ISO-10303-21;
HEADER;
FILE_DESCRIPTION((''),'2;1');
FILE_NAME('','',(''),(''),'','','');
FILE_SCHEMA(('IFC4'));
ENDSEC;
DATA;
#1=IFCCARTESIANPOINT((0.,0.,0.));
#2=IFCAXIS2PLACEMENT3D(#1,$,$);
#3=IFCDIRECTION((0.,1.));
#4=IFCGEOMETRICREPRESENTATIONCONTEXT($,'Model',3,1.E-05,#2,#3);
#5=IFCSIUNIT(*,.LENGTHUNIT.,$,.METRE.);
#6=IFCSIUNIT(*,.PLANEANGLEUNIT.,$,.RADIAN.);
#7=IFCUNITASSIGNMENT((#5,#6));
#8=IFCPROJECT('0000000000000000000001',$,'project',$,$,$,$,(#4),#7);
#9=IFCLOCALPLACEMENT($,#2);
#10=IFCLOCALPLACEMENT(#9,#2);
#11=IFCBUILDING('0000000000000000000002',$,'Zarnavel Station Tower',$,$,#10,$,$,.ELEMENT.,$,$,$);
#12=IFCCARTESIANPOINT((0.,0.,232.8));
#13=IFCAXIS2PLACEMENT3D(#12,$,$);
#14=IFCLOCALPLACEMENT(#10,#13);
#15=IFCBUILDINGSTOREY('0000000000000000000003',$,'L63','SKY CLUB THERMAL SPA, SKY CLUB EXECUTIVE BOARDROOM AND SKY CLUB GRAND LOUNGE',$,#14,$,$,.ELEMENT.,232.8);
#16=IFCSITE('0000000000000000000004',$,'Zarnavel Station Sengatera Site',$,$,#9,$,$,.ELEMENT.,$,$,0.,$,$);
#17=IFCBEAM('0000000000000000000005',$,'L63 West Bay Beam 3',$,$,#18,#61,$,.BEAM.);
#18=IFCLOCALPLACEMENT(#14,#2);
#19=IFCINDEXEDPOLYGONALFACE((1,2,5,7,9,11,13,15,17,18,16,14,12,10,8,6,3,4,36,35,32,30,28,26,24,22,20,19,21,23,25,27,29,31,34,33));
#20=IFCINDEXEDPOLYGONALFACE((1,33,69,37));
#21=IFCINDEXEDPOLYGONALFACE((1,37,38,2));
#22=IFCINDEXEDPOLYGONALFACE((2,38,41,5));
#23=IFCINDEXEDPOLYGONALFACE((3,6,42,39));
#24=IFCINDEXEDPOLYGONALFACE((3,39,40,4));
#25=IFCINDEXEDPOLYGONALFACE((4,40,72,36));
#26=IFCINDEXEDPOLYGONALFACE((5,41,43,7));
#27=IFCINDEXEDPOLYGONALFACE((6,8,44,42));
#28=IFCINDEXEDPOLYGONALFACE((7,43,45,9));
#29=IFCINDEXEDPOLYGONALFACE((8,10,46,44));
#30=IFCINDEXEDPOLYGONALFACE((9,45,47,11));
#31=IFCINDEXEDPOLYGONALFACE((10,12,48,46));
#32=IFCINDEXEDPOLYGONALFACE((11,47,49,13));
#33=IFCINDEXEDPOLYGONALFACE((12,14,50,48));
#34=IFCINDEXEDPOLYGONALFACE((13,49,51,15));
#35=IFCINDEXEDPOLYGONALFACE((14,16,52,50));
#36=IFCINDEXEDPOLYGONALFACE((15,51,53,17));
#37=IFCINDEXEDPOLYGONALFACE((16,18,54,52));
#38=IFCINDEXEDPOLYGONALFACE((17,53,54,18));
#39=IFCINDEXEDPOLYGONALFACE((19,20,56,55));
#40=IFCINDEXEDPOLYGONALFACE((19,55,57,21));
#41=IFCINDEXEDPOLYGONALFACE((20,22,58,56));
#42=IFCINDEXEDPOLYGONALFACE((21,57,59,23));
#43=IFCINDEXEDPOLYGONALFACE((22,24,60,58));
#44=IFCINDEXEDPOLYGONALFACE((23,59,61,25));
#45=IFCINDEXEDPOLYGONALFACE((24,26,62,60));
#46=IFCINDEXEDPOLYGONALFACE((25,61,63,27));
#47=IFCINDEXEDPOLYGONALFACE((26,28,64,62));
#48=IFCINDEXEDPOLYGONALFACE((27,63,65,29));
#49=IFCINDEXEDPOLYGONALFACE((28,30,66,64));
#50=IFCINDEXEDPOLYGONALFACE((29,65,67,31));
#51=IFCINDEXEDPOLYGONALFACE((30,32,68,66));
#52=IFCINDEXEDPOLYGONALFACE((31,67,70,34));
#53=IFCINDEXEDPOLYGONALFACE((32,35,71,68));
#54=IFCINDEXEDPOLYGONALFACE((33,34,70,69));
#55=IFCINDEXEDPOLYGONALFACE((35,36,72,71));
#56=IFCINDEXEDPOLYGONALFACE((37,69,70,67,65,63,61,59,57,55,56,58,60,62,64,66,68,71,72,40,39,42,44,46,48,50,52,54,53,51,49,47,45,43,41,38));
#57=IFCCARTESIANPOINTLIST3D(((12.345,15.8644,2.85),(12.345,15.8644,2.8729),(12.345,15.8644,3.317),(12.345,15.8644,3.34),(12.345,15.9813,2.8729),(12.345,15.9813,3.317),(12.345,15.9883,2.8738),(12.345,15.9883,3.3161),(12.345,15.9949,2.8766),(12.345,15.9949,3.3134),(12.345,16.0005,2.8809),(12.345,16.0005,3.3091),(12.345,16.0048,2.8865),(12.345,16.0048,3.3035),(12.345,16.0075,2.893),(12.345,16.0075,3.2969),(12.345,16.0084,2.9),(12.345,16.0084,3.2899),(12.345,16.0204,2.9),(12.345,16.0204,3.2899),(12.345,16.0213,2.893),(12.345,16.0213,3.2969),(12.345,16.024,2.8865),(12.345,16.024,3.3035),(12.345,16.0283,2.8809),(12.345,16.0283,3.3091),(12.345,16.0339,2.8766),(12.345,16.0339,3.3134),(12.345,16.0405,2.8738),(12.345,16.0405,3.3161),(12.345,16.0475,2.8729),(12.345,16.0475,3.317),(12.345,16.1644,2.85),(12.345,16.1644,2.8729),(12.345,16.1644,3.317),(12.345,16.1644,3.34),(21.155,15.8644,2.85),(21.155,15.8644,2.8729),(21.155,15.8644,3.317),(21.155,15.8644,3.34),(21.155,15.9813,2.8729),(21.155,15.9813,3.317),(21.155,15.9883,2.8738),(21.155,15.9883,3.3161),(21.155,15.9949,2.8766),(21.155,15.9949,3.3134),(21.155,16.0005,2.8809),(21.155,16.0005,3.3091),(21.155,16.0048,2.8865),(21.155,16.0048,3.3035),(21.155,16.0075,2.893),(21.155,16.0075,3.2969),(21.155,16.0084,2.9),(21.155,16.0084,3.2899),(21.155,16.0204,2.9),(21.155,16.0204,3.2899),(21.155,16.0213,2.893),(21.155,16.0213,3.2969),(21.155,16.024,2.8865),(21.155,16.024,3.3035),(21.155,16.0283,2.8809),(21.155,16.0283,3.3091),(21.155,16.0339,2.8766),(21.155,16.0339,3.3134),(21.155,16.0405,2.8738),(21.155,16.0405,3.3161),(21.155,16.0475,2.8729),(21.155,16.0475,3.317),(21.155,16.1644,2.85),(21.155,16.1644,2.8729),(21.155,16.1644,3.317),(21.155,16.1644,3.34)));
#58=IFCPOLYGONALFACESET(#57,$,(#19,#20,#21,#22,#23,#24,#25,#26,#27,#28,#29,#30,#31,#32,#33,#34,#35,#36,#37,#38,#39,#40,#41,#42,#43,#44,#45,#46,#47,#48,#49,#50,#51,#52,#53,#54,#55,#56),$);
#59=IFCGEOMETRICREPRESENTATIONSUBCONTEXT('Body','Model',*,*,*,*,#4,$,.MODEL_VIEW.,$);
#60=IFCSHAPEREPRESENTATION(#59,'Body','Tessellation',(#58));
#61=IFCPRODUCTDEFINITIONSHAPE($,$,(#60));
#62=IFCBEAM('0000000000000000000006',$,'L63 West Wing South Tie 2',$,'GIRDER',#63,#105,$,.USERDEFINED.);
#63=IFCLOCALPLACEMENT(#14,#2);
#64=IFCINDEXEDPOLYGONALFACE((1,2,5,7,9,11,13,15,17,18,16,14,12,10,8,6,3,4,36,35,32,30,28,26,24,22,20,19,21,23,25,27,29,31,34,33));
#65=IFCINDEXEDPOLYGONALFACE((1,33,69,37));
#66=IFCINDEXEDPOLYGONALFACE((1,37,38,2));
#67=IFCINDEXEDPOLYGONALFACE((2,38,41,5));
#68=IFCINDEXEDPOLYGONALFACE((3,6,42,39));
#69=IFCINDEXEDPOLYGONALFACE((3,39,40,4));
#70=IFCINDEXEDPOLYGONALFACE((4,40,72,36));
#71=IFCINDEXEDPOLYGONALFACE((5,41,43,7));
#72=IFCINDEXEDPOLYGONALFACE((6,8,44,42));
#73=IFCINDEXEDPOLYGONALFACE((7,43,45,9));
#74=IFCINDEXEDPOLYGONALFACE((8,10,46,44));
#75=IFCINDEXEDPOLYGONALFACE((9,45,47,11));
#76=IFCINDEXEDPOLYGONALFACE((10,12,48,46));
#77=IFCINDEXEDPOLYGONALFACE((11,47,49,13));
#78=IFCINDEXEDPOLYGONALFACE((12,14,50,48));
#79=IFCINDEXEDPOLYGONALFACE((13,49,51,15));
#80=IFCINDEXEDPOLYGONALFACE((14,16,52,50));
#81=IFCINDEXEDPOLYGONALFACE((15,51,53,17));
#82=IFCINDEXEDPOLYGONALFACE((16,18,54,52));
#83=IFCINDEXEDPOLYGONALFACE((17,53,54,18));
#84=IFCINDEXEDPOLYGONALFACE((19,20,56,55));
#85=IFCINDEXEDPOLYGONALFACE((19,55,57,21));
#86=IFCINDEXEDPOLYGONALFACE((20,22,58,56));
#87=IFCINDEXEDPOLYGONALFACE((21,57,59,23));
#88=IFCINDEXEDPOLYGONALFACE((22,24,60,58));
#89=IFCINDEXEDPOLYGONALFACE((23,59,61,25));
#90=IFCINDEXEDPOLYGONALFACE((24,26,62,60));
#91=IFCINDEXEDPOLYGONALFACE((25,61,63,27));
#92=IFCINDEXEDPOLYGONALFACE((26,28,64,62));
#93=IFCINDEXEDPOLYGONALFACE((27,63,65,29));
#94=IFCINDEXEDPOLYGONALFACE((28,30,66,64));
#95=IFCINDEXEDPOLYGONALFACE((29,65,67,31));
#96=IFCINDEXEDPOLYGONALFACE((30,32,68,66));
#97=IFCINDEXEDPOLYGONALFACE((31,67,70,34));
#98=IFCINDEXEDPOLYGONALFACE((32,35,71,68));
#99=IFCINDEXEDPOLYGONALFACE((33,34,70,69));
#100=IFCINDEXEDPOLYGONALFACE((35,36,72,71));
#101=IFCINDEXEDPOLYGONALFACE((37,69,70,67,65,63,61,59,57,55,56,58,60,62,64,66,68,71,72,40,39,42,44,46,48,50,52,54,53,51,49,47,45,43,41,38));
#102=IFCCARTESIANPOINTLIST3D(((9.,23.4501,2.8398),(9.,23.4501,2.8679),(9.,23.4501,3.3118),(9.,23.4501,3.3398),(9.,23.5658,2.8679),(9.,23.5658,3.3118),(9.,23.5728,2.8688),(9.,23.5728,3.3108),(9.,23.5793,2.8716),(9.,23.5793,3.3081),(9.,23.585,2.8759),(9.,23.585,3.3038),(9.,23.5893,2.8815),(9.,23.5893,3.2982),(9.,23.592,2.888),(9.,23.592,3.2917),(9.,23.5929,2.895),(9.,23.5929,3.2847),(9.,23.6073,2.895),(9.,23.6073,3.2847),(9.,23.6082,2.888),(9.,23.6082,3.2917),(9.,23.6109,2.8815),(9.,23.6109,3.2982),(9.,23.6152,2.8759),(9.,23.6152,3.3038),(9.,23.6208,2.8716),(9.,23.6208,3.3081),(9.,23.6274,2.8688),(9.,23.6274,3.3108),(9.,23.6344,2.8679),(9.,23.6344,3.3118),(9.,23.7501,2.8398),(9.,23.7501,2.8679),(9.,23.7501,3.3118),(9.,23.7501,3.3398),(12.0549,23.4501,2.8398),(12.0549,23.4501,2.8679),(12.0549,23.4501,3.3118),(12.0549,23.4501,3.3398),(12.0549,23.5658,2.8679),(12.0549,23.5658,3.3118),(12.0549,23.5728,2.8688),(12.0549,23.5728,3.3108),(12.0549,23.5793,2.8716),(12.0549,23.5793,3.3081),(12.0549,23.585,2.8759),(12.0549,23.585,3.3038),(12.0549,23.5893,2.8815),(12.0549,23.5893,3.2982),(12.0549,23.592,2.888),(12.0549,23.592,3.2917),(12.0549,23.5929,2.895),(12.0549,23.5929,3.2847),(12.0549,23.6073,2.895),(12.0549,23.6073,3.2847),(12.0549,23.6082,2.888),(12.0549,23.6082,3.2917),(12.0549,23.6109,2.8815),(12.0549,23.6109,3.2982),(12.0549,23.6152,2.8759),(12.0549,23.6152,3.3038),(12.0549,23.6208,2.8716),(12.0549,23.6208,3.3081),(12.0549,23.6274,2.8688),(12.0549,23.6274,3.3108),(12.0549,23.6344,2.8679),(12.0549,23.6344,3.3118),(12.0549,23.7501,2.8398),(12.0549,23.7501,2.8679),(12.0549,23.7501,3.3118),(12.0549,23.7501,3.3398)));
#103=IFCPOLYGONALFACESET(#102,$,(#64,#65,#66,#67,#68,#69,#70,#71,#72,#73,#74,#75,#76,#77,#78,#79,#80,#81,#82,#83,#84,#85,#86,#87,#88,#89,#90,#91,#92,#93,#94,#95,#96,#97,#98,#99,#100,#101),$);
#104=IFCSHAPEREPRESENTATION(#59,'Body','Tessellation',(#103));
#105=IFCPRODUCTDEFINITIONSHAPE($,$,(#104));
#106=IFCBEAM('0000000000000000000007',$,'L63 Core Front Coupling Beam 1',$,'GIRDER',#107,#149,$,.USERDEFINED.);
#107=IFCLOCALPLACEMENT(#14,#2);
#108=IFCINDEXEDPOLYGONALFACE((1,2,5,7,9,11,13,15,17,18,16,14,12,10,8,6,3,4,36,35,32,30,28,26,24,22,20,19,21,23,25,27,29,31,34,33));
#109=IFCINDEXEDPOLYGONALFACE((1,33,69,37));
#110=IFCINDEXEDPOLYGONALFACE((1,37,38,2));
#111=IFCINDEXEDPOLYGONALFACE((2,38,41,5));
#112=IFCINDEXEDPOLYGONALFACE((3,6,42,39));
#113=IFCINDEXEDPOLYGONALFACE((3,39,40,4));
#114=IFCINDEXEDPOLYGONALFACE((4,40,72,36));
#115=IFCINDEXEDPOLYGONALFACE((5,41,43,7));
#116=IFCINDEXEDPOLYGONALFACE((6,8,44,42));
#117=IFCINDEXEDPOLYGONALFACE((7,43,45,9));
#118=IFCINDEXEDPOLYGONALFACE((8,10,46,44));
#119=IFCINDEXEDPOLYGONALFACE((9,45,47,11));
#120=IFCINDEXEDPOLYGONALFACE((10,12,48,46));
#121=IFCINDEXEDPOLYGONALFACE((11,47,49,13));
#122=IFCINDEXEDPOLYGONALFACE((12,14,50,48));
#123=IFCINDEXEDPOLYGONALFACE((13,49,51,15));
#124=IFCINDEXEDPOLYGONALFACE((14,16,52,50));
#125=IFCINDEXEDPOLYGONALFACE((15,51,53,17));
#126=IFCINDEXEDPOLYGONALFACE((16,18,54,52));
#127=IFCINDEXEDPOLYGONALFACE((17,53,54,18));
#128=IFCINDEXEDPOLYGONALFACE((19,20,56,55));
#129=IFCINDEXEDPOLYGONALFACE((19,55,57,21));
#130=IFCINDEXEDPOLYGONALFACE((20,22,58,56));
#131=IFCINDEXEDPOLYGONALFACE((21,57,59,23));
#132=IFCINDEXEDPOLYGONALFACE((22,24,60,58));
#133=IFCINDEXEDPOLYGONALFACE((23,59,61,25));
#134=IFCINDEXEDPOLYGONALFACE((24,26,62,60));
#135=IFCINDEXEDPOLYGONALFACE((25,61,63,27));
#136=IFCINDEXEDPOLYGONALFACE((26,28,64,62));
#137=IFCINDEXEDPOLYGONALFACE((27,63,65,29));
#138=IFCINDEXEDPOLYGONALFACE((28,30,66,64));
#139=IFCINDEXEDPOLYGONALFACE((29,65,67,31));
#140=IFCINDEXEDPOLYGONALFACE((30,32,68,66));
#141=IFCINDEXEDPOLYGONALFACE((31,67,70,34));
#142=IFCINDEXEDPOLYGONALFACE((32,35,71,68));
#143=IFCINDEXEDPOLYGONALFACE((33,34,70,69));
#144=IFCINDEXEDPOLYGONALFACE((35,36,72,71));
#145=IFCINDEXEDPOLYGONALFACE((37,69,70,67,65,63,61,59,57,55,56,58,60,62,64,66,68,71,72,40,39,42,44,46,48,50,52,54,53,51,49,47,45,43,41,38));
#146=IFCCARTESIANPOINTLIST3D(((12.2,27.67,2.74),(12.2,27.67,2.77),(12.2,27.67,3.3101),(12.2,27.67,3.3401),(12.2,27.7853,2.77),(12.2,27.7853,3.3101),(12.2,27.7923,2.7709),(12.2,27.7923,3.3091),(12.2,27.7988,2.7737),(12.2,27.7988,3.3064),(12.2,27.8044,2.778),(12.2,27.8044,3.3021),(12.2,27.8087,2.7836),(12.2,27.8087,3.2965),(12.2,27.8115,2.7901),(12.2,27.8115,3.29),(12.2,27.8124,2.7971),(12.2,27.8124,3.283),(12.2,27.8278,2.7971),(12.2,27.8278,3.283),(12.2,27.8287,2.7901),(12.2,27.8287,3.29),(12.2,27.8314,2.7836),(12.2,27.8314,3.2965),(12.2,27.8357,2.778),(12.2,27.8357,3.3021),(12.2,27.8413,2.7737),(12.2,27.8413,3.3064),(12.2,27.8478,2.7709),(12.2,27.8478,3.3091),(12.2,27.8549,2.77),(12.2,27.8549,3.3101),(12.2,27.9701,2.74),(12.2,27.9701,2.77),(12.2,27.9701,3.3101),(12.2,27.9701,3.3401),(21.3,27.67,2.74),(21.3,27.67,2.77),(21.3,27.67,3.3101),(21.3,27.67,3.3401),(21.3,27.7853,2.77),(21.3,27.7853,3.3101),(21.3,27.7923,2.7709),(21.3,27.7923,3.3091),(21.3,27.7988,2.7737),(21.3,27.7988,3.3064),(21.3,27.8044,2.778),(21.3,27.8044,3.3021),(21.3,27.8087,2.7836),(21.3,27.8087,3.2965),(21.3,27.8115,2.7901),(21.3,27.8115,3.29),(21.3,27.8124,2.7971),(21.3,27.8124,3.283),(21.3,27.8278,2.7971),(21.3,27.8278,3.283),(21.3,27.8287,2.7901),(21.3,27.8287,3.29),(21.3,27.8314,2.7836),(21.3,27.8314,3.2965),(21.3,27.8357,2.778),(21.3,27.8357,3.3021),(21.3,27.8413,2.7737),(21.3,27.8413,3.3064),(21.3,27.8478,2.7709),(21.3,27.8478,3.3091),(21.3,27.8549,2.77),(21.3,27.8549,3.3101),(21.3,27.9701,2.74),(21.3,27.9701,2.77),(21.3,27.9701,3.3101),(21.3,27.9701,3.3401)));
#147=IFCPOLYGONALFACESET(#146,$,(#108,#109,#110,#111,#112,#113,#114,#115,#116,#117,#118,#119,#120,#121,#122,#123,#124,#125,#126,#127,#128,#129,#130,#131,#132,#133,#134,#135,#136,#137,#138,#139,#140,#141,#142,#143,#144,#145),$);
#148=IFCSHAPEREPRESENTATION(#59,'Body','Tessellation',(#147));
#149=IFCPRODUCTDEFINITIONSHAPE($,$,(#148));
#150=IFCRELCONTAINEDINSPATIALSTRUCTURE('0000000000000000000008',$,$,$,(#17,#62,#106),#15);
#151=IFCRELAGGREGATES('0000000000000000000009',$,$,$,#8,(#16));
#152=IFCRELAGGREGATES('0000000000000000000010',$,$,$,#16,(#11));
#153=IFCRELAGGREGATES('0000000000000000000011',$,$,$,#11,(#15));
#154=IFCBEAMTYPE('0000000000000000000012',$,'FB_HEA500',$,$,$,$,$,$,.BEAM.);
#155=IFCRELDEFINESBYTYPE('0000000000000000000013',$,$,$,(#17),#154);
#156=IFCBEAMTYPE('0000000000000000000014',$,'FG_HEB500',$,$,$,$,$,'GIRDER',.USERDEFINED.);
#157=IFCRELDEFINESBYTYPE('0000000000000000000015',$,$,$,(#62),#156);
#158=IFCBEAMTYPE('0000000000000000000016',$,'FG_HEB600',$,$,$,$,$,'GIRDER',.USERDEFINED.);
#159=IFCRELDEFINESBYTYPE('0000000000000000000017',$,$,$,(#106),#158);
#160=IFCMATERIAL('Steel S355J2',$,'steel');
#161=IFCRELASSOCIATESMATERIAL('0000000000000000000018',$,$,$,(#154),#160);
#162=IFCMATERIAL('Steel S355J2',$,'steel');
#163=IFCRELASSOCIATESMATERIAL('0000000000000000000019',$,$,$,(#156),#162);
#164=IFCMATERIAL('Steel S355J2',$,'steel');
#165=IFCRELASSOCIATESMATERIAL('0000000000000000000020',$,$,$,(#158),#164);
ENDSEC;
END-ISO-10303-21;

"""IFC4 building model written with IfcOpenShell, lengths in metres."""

from ifc_helpers import new_model, si_unit, direction, frame, origin, origin_2d, place, context, subcontext, project, spatial, i_section, extrude, material, material_profile, profile_set, type_object, element, save


model = new_model("IFC4")

# Units and contexts
model_context = context("Model", 3, precision=1e-05, world=origin(), true_north=direction((0.0, 1.0)))
body_context = subcontext(model_context, "Body", "Model", "MODEL_VIEW")
ifc_project = project(units=[si_unit("LENGTHUNIT", "METRE"), si_unit("PLANEANGLEUNIT", "RADIAN")], contexts=[model_context])

# Site, building, storey
site_placement = place(None, origin())
site = spatial("IfcSite", under=ifc_project, at=site_placement, Name="Zarnavel Station Sengatera Site", CompositionType="ELEMENT", RefElevation=0.0)
building_placement = place(site_placement, origin())
building = spatial("IfcBuilding", under=site, at=building_placement, Name="Zarnavel Station Tower", CompositionType="ELEMENT")
storey_placement = place(building_placement, frame((0.0, 0.0, 232.8)))
storey = spatial("IfcBuildingStorey", under=building, at=storey_placement, Name="L63", Description="SKY CLUB THERMAL SPA, SKY CLUB EXECUTIVE BOARDROOM AND SKY CLUB GRAND LOUNGE", CompositionType="ELEMENT", Elevation=232.8)

# Beams
ifc_material_1 = material(Name="Steel S355J2", Category="steel")
ifc_material_profile_1 = material_profile(ifc_material_1, i_section(OverallWidth=0.3, OverallDepth=0.49, WebThickness=0.012, FlangeThickness=0.0229, FilletRadius=0.0271, at=origin_2d()), Name="HEA500")
ifc_profile_set_1 = profile_set([ifc_material_profile_1], Name="Steel S355J2")
beam_type_1 = type_object("IfcBeamType", Name="FB_HEA500", PredefinedType="BEAM", material=ifc_profile_set_1)
beam_1_placement = place(storey_placement, frame((12.345, 16.0144, 3.095), z_axis=(1.0, 0.0, 0.0), x_axis=(0.0, 1.0, 0.0)))
element("IfcBeam", 1, at=beam_1_placement, inside=storey, type_object=beam_type_1, Name="L63 West Bay Beam 3", PredefinedType="BEAM", context=body_context, shape_type="SweptSolid", body=[
    extrude(i_section(OverallWidth=0.3, OverallDepth=0.49, WebThickness=0.012, FlangeThickness=0.0229, FilletRadius=0.0271, at=origin_2d()), origin(), (0.0, 0.0, 1.0), 8.8101),
])
ifc_material_2 = material(Name="Steel S355J2", Category="steel")
ifc_material_profile_2 = material_profile(ifc_material_2, i_section(OverallWidth=0.3, OverallDepth=0.5, WebThickness=0.0144, FlangeThickness=0.0281, FilletRadius=0.0271, at=origin_2d()), Name="HEB500")
ifc_profile_set_2 = profile_set([ifc_material_profile_2], Name="Steel S355J2")
beam_type_2 = type_object("IfcBeamType", Name="FG_HEB500", ElementType="GIRDER", PredefinedType="USERDEFINED", material=ifc_profile_set_2)
beam_2_placement = place(storey_placement, frame((9.0, 23.6001, 3.0898), z_axis=(1.0, 0.0, 0.0), x_axis=(0.0, 1.0, 0.0)))
element("IfcBeam", 2, at=beam_2_placement, inside=storey, type_object=beam_type_2, Name="L63 West Wing South Tie 2", ObjectType="GIRDER", PredefinedType="USERDEFINED", context=body_context, shape_type="SweptSolid", body=[
    extrude(i_section(OverallWidth=0.3, OverallDepth=0.5, WebThickness=0.0144, FlangeThickness=0.0281, FilletRadius=0.0271, at=origin_2d()), origin(), (0.0, 0.0, 1.0), 3.0549),
])
ifc_material_3 = material(Name="Steel S355J2", Category="steel")
ifc_material_profile_3 = material_profile(ifc_material_3, i_section(OverallWidth=0.3, OverallDepth=0.6001, WebThickness=0.0154, FlangeThickness=0.03, FilletRadius=0.0271, at=origin_2d()), Name="HEB600")
ifc_profile_set_3 = profile_set([ifc_material_profile_3], Name="Steel S355J2")
beam_type_3 = type_object("IfcBeamType", Name="FG_HEB600", ElementType="GIRDER", PredefinedType="USERDEFINED", material=ifc_profile_set_3)
beam_3_placement = place(storey_placement, frame((12.2, 27.8201, 3.04), z_axis=(1.0, 0.0, 0.0), x_axis=(0.0, 1.0, 0.0)))
element("IfcBeam", 3, at=beam_3_placement, inside=storey, type_object=beam_type_3, Name="L63 Core Front Coupling Beam 1", ObjectType="GIRDER", PredefinedType="USERDEFINED", context=body_context, shape_type="SweptSolid", body=[
    extrude(i_section(OverallWidth=0.3, OverallDepth=0.6001, WebThickness=0.0154, FlangeThickness=0.03, FilletRadius=0.0271, at=origin_2d()), origin(), (0.0, 0.0, 1.0), 9.1001),
])

save(model, "model.ifc")
